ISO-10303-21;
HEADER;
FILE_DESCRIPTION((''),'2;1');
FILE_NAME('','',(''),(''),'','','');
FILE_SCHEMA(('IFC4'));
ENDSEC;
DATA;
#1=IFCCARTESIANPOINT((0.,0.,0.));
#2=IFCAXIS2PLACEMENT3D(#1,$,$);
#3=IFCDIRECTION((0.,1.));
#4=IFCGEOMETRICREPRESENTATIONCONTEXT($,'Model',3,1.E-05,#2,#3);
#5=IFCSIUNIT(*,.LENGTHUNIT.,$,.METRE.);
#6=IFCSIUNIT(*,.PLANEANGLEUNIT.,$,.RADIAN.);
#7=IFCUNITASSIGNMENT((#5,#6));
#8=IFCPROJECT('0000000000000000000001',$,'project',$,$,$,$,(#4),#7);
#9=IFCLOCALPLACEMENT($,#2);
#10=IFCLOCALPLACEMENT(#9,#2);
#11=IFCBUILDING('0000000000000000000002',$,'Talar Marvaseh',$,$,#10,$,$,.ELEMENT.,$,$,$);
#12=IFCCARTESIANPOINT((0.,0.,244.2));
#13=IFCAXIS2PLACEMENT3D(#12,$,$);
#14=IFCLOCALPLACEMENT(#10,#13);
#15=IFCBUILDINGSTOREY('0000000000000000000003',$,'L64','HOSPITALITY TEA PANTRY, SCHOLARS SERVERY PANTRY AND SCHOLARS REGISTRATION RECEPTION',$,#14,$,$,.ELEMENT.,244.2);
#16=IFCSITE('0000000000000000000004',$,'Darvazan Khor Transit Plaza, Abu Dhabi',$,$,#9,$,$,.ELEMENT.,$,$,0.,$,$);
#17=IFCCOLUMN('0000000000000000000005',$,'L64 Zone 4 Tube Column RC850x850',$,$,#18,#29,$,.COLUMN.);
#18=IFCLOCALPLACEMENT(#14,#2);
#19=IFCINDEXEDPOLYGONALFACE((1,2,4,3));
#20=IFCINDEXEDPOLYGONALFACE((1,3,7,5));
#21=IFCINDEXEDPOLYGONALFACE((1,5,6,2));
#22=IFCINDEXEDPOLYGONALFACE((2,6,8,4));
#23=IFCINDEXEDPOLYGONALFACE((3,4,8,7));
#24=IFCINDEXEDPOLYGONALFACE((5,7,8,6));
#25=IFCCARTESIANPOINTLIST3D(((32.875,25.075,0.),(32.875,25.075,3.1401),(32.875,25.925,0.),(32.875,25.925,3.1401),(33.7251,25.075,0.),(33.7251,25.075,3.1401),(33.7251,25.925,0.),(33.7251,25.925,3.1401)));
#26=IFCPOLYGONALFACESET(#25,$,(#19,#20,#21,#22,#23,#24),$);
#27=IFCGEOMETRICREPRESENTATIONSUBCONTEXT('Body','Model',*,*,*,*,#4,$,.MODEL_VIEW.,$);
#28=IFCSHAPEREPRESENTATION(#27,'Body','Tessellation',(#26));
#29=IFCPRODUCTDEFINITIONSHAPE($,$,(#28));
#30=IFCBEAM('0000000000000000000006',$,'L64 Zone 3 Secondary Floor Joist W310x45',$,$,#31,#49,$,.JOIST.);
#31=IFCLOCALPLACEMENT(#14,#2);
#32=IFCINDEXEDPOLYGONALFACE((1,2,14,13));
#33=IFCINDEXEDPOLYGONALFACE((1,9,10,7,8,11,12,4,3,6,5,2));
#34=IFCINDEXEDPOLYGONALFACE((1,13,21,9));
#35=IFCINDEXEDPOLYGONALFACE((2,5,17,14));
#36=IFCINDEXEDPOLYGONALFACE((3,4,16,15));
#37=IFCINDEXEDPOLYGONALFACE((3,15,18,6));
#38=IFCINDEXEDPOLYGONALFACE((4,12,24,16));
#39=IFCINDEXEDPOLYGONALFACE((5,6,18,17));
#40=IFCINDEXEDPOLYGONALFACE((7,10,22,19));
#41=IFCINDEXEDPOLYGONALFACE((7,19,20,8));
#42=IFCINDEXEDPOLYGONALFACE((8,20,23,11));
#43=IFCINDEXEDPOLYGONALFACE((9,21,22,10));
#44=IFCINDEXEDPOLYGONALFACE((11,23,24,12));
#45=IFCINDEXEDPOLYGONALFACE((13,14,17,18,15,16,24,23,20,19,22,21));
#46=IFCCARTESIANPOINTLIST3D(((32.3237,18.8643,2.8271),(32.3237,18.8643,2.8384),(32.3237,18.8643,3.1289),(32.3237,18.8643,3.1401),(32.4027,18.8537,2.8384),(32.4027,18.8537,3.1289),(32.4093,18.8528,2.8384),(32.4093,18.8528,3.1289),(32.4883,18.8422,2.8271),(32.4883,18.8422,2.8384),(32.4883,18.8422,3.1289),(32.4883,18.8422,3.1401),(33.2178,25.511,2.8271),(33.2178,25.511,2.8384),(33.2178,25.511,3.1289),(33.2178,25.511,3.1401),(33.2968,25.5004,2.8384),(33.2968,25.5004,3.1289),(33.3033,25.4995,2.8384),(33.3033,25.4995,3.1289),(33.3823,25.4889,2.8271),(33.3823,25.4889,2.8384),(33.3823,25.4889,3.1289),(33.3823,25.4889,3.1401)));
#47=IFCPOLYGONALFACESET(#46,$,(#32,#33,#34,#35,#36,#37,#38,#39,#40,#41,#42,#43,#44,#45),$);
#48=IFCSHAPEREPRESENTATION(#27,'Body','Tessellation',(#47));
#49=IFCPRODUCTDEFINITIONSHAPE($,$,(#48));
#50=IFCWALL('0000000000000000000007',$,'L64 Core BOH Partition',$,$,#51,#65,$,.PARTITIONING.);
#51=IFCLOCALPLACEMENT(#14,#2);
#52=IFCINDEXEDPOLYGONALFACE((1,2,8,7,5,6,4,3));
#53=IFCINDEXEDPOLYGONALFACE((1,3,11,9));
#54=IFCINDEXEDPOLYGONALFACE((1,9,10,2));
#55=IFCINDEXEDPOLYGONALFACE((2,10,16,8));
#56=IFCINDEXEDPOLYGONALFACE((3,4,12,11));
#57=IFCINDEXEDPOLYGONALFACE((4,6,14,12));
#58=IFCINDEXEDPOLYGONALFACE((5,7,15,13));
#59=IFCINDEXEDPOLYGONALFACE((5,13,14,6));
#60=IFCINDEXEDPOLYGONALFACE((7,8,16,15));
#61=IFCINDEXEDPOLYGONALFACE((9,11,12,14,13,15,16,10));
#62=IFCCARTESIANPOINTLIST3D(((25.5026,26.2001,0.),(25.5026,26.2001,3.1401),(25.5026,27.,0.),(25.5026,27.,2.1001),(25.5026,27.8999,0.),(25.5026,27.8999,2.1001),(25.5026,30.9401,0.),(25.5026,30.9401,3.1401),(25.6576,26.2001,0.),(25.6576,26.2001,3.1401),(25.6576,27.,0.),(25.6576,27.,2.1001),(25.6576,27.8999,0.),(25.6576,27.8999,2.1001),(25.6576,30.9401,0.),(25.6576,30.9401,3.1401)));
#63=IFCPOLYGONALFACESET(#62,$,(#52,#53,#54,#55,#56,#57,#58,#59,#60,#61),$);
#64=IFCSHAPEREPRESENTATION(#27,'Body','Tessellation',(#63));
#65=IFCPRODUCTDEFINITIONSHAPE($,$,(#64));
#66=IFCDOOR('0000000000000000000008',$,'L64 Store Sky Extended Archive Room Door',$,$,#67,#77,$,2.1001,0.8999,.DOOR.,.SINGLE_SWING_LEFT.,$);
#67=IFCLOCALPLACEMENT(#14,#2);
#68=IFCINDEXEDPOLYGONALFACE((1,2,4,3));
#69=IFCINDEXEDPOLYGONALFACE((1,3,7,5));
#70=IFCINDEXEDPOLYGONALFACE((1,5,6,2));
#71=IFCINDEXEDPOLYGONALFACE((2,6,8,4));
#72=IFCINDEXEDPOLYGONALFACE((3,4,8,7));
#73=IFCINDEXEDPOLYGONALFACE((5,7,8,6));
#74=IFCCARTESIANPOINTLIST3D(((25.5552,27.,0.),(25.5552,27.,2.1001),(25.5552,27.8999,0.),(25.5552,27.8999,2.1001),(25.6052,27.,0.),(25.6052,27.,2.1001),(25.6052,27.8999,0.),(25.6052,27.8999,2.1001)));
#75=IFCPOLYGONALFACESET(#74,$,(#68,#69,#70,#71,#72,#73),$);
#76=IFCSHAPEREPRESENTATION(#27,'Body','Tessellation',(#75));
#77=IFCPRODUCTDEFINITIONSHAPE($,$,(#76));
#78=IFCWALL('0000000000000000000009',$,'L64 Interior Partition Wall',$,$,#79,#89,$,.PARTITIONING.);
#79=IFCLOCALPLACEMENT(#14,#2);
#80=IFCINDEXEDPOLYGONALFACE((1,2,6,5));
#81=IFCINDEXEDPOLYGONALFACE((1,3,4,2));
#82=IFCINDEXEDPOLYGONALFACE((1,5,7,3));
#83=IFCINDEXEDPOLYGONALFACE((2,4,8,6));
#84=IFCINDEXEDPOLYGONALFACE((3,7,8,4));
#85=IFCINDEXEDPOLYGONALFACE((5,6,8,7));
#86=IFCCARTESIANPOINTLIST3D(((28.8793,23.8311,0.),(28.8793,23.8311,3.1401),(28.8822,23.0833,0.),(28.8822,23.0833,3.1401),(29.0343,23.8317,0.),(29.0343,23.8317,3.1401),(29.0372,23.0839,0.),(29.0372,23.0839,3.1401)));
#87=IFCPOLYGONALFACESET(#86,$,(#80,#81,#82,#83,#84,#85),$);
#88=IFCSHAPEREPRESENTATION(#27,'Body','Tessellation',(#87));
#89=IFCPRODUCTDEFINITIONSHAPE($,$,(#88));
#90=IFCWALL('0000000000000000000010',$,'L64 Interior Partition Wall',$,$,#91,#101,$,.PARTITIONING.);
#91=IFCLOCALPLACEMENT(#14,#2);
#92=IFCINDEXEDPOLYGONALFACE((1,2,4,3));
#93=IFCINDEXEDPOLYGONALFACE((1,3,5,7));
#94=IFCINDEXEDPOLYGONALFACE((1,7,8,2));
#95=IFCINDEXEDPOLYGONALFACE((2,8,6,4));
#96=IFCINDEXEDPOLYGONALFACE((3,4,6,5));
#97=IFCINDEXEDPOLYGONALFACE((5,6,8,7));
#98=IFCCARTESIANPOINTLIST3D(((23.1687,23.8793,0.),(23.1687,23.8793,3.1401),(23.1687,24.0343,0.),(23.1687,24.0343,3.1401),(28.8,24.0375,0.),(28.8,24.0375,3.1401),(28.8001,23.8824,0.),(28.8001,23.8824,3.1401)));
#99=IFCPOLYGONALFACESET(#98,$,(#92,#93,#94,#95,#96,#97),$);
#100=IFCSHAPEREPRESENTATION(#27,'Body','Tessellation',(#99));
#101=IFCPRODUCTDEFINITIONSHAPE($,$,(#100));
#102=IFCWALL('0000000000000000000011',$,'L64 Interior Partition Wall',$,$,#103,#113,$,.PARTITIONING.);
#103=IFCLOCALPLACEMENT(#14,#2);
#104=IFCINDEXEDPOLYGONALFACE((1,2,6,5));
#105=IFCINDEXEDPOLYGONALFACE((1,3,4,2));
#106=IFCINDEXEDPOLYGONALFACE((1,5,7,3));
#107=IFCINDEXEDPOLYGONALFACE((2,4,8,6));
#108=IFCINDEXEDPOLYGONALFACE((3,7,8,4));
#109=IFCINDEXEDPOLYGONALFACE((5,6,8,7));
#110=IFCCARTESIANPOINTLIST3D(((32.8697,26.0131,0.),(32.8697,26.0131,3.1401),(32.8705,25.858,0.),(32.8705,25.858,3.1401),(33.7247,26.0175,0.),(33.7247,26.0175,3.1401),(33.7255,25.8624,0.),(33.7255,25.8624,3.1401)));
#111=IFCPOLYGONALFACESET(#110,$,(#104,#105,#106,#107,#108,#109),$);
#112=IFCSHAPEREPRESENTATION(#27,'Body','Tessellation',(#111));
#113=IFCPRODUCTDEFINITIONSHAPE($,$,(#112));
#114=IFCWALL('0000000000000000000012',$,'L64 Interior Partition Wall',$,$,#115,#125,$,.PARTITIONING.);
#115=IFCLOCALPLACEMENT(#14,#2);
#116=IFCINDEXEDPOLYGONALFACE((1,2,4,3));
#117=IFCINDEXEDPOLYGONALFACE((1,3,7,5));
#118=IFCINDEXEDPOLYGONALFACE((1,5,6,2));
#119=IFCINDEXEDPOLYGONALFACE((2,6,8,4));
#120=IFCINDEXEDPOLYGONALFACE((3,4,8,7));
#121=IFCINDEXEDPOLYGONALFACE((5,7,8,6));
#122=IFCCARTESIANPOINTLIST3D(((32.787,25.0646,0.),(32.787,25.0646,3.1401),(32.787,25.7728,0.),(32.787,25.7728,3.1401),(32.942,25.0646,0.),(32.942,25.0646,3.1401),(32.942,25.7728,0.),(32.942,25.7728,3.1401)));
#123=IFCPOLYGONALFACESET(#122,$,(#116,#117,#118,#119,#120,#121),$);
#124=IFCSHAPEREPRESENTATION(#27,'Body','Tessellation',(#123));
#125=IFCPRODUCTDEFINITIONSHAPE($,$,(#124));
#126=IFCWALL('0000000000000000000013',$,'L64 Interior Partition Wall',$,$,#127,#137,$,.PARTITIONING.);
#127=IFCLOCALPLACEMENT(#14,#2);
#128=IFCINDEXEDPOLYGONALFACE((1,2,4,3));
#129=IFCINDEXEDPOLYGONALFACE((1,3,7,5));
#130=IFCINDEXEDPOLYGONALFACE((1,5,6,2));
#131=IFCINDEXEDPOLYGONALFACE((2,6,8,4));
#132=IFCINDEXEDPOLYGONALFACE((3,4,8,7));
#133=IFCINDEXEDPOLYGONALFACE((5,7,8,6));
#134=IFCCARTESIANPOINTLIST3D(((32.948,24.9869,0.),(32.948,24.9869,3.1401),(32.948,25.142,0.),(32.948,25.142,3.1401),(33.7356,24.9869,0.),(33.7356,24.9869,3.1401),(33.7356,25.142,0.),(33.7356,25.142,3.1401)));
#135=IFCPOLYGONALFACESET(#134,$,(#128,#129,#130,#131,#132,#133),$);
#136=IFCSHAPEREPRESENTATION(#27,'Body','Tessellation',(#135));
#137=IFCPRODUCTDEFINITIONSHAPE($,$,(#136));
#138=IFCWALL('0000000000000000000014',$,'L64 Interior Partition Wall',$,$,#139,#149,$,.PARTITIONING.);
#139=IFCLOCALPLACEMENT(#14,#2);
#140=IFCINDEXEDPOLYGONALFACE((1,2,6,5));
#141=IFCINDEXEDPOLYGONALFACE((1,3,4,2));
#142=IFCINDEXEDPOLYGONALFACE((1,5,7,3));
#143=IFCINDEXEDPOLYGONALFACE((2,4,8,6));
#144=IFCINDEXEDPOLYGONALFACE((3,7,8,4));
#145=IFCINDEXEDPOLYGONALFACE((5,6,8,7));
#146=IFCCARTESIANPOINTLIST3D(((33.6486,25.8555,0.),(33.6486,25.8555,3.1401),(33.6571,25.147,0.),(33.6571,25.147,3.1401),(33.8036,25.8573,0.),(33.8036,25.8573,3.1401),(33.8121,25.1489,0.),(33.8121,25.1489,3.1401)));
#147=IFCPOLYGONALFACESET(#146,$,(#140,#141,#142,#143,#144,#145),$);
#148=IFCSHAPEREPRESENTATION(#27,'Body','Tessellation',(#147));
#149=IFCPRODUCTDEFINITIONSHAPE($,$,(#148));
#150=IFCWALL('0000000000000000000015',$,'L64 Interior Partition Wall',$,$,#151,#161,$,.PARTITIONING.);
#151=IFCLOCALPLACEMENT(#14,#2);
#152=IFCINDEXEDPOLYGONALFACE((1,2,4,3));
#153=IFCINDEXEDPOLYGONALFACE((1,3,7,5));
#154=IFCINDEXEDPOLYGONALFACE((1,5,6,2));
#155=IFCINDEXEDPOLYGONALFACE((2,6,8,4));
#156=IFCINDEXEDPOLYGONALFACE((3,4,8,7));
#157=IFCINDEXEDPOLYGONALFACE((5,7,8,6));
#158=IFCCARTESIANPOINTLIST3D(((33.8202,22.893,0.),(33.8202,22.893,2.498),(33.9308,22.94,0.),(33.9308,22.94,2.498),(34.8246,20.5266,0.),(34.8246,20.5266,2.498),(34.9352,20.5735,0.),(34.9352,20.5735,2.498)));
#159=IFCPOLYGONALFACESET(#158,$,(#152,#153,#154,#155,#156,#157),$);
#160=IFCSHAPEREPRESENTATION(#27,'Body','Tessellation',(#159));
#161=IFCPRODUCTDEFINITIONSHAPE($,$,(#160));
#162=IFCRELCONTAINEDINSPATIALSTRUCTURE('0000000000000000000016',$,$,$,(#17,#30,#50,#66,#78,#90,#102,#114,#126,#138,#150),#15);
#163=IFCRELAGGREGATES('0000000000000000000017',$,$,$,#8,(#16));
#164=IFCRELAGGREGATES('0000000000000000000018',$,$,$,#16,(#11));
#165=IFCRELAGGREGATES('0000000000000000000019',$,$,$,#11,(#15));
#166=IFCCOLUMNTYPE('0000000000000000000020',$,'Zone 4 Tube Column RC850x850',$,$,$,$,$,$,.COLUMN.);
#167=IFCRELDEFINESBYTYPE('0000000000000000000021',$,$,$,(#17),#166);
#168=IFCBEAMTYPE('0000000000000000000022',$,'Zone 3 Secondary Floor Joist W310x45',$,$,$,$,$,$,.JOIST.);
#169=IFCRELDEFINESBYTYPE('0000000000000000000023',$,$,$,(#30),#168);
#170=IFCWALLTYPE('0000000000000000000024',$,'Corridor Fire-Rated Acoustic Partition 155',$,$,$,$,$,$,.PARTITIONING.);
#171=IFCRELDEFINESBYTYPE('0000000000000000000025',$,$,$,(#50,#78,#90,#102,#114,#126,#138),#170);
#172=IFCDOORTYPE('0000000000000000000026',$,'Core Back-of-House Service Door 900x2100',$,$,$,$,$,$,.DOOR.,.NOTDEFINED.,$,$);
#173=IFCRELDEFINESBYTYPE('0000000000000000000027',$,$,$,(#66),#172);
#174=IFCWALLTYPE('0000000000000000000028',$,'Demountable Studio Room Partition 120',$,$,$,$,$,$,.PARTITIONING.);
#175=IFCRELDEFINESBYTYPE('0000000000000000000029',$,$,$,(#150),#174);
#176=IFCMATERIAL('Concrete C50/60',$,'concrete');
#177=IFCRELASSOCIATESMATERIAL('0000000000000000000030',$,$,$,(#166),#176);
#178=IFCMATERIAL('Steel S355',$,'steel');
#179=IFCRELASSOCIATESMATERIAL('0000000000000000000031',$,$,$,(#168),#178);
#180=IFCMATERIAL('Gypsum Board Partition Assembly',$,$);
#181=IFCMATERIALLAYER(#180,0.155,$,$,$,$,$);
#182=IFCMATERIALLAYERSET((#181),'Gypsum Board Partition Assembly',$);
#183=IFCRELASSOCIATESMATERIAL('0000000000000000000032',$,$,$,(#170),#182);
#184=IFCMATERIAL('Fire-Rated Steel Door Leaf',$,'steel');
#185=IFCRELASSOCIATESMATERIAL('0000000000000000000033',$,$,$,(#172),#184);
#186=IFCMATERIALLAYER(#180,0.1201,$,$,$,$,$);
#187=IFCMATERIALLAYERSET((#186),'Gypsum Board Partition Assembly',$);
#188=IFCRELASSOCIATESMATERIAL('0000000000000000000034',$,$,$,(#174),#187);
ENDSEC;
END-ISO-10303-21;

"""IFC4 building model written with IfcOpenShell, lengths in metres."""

from ifc_helpers import new_model, si_unit, direction, frame, frame_2d, origin, origin_2d, place, context, subcontext, project, spatial, rectangle, i_section, extrude, source, transform, mapped, material, layer, layer_set, material_profile, profile_set, type_object, type_shapes, element, fill, save


model = new_model("IFC4")

# Units and contexts
model_context = context("Model", 3, precision=1e-05, world=origin(), true_north=direction((0.0, 1.0)))
body_context = subcontext(model_context, "Body", "Model", "MODEL_VIEW")
ifc_project = project(units=[si_unit("LENGTHUNIT", "METRE"), si_unit("PLANEANGLEUNIT", "RADIAN")], contexts=[model_context])

# Site, building, storey
site_placement = place(None, origin())
site = spatial("IfcSite", under=ifc_project, at=site_placement, Name="Darvazan Khor Transit Plaza, Abu Dhabi", CompositionType="ELEMENT", RefElevation=0.0)
building_placement = place(site_placement, origin())
building = spatial("IfcBuilding", under=site, at=building_placement, Name="Talar Marvaseh", CompositionType="ELEMENT")
storey_placement = place(building_placement, frame((0.0, 0.0, 244.2)))
storey = spatial("IfcBuildingStorey", under=building, at=storey_placement, Name="L64", Description="HOSPITALITY TEA PANTRY, SCHOLARS SERVERY PANTRY AND SCHOLARS REGISTRATION RECEPTION", CompositionType="ELEMENT", Elevation=244.2)

# Column
ifc_material_1 = material(Name="Concrete C50/60", Category="concrete")
ifc_material_profile_1 = material_profile(ifc_material_1, rectangle(XDim=0.8501, YDim=0.8501, at=origin_2d()), Name="RC850x850")
ifc_profile_set_1 = profile_set([ifc_material_profile_1], Name="Concrete C50/60")
column_type = type_object("IfcColumnType", Name="Zone 4 Tube Column RC850x850", PredefinedType="COLUMN", material=ifc_profile_set_1)
column_placement = place(storey_placement, frame((33.3, 25.5, 0.0), z_axis=(0.0, 0.0, 1.0), x_axis=(1.0, 0.0, 0.0)))
element("IfcColumn", 1, at=column_placement, inside=storey, type_object=column_type, Name="L64 Zone 4 Tube Column RC850x850", PredefinedType="COLUMN", context=body_context, shape_type="SweptSolid", body=[
    extrude(rectangle(XDim=0.8501, YDim=0.8501, at=origin_2d()), origin(), (0.0, 0.0, 1.0), 3.1401),
])

# Beam
ifc_material_2 = material(Name="Steel S355", Category="steel")
ifc_material_profile_2 = material_profile(ifc_material_2, i_section(OverallWidth=0.166, OverallDepth=0.313, WebThickness=0.0066, FlangeThickness=0.0112, at=origin_2d()), Name="W310x45")
ifc_profile_set_2 = profile_set([ifc_material_profile_2], Name="Steel S355")
beam_type = type_object("IfcBeamType", Name="Zone 3 Secondary Floor Joist W310x45", PredefinedType="JOIST", material=ifc_profile_set_2)
beam_placement = place(storey_placement, frame((32.406, 18.8533, 2.9836), z_axis=(0.133308, 0.991075, 0.0), x_axis=(-0.991075, 0.133308, 0.0)))
element("IfcBeam", 2, at=beam_placement, inside=storey, type_object=beam_type, Name="L64 Zone 3 Secondary Floor Joist W310x45", PredefinedType="JOIST", context=body_context, shape_type="SweptSolid", body=[
    extrude(i_section(OverallWidth=0.166, OverallDepth=0.313, WebThickness=0.0066, FlangeThickness=0.0112, at=origin_2d()), origin(), (0.0, 0.0, 1.0), 6.7065),
])

# Wall, opening, door
ifc_material_3 = material(Name="Gypsum Board Partition Assembly")
ifc_layer_1 = layer(ifc_material_3, 0.155)
ifc_layer_set_1 = layer_set([ifc_layer_1], Name="Gypsum Board Partition Assembly")
wall_type_1 = type_object("IfcWallType", Name="Corridor Fire-Rated Acoustic Partition 155", PredefinedType="PARTITIONING", material=ifc_layer_set_1)
wall_1_placement = place(storey_placement, frame((25.5801, 26.2, 0.0), z_axis=(0.0, 0.0, 1.0), x_axis=(0.0, 1.0, 0.0)))
wall_1 = element("IfcWall", 3, at=wall_1_placement, inside=storey, type_object=wall_type_1, Name="L64 Core BOH Partition", PredefinedType="PARTITIONING", context=body_context, shape_type="SweptSolid", body=[
    extrude(rectangle(XDim=4.74, YDim=0.155, at=frame_2d((2.3701, 0.0))), origin(), (0.0, 0.0, 1.0), 3.1401),
])
opening_1_placement = place(wall_1_placement, frame((0.8, 0.0, 0.0)))
opening_1 = element("IfcOpeningElement", 4, at=opening_1_placement, cuts=wall_1, PredefinedType="OPENING", context=body_context, shape_type="SweptSolid", body=[
    extrude(rectangle(XDim=0.8999, YDim=2.1001, at=frame_2d((0.45, 1.05))), frame((0.0, 0.0874, 0.0), z_axis=(0.0, -1.0, 0.0), x_axis=(1.0, 0.0, 0.0)), (0.0, 0.0, 1.0), 0.175),
])
ifc_material_4 = material(Name="Fire-Rated Steel Door Leaf", Category="steel")
door_type_1 = type_object("IfcDoorType", Name="Core Back-of-House Service Door 900x2100", OperationType="NOTDEFINED", PredefinedType="DOOR", material=ifc_material_4)
shared_shape_1 = source(origin(), body_context, "Body", "SweptSolid", [
    extrude(rectangle(XDim=0.8999, YDim=2.1001, at=frame_2d((0.45, 1.05))), frame((0.0, 0.0249, 0.0), z_axis=(0.0, -1.0, 0.0), x_axis=(1.0, 0.0, 0.0)), (0.0, 0.0, 1.0), 0.05),
])
type_shapes(door_type_1, [shared_shape_1])
door_1_placement = place(opening_1_placement, origin())
door_1 = element("IfcDoor", 5, at=door_1_placement, inside=storey, type_object=door_type_1, Name="L64 Store Sky Extended Archive Room Door", OperationType="SINGLE_SWING_LEFT", OverallHeight=2.1001, OverallWidth=0.8999, PredefinedType="DOOR", context=body_context, shape_type="MappedRepresentation", body=[
    mapped(shared_shape_1, transform((0.0, 0.0, 0.0), x_axis=(1.0, 0.0, 0.0), y_axis=(0.0, 1.0, 0.0), z_axis=(0.0, 0.0, 1.0), scale=1.0)),
])
fill(opening_1, door_1)

# Walls
wall_2_placement = place(storey_placement, frame((28.9597, 23.0835, 0.0), z_axis=(0.0, 0.0, 1.0), x_axis=(-0.003918, 0.999992, 0.0)))
element("IfcWall", 6, at=wall_2_placement, inside=storey, type_object=wall_type_1, Name="L64 Interior Partition Wall", PredefinedType="PARTITIONING", context=body_context, shape_type="SweptSolid", body=[
    extrude(rectangle(XDim=0.7478, YDim=0.155, at=frame_2d((0.374, 0.0))), origin(), (0.0, 0.0, 1.0), 3.1401),
])
wall_3_placement = place(storey_placement, frame((28.8, 23.96, 0.0), z_axis=(0.0, 0.0, 1.0), x_axis=(-1.0, -0.000564, 0.0)))
element("IfcWall", 7, at=wall_3_placement, inside=storey, type_object=wall_type_1, Name="L64 Interior Partition Wall", PredefinedType="PARTITIONING", context=body_context, shape_type="SweptSolid", body=[
    extrude(rectangle(XDim=5.6313, YDim=0.155, at=frame_2d((2.8157, 0.0))), origin(), (0.0, 0.0, 1.0), 3.1401),
])
wall_4_placement = place(storey_placement, frame((33.7251, 25.9399, 0.0), z_axis=(0.0, 0.0, 1.0), x_axis=(-0.999987, -0.00514, 0.0)))
element("IfcWall", 8, at=wall_4_placement, inside=storey, type_object=wall_type_1, Name="L64 Interior Partition Wall", PredefinedType="PARTITIONING", context=body_context, shape_type="SweptSolid", body=[
    extrude(rectangle(XDim=0.855, YDim=0.155, at=frame_2d((0.4275, 0.0))), origin(), (0.0, 0.0, 1.0), 3.1401),
])
wall_5_placement = place(storey_placement, frame((32.8645, 25.7727, 0.0), z_axis=(0.0, 0.0, 1.0), x_axis=(0.0, -1.0, 0.0)))
element("IfcWall", 9, at=wall_5_placement, inside=storey, type_object=wall_type_1, Name="L64 Interior Partition Wall", PredefinedType="PARTITIONING", context=body_context, shape_type="SweptSolid", body=[
    extrude(rectangle(XDim=0.7083, YDim=0.155, at=frame_2d((0.354, 0.0))), origin(), (0.0, 0.0, 1.0), 3.1401),
])
wall_6_placement = place(storey_placement, frame((32.948, 25.0645, 0.0), z_axis=(0.0, 0.0, 1.0), x_axis=(1.0, 0.0, 0.0)))
element("IfcWall", 10, at=wall_6_placement, inside=storey, type_object=wall_type_1, Name="L64 Interior Partition Wall", PredefinedType="PARTITIONING", context=body_context, shape_type="SweptSolid", body=[
    extrude(rectangle(XDim=0.7876, YDim=0.155, at=frame_2d((0.3938, 0.0))), origin(), (0.0, 0.0, 1.0), 3.1401),
])
wall_7_placement = place(storey_placement, frame((33.7346, 25.1479, 0.0), z_axis=(0.0, 0.0, 1.0), x_axis=(-0.01206, 0.999927, 0.0)))
element("IfcWall", 11, at=wall_7_placement, inside=storey, type_object=wall_type_1, Name="L64 Interior Partition Wall", PredefinedType="PARTITIONING", context=body_context, shape_type="SweptSolid", body=[
    extrude(rectangle(XDim=0.7085, YDim=0.155, at=frame_2d((0.3542, 0.0))), origin(), (0.0, 0.0, 1.0), 3.1401),
])
ifc_layer_2 = layer(ifc_material_3, 0.1201)
ifc_layer_set_2 = layer_set([ifc_layer_2], Name="Gypsum Board Partition Assembly")
wall_type_2 = type_object("IfcWallType", Name="Demountable Studio Room Partition 120", PredefinedType="PARTITIONING", material=ifc_layer_set_2)
wall_8_placement = place(storey_placement, frame((33.8755, 22.9165, 0.0), z_axis=(0.0, 0.0, 1.0), x_axis=(0.390696, -0.92052, 0.0)))
element("IfcWall", 12, at=wall_8_placement, inside=storey, type_object=wall_type_2, Name="L64 Interior Partition Wall", PredefinedType="PARTITIONING", context=body_context, shape_type="SweptSolid", body=[
    extrude(rectangle(XDim=2.5708, YDim=0.1201, at=frame_2d((1.2854, 0.0))), origin(), (0.0, 0.0, 1.0), 2.498),
])

save(model, "model.ifc")
